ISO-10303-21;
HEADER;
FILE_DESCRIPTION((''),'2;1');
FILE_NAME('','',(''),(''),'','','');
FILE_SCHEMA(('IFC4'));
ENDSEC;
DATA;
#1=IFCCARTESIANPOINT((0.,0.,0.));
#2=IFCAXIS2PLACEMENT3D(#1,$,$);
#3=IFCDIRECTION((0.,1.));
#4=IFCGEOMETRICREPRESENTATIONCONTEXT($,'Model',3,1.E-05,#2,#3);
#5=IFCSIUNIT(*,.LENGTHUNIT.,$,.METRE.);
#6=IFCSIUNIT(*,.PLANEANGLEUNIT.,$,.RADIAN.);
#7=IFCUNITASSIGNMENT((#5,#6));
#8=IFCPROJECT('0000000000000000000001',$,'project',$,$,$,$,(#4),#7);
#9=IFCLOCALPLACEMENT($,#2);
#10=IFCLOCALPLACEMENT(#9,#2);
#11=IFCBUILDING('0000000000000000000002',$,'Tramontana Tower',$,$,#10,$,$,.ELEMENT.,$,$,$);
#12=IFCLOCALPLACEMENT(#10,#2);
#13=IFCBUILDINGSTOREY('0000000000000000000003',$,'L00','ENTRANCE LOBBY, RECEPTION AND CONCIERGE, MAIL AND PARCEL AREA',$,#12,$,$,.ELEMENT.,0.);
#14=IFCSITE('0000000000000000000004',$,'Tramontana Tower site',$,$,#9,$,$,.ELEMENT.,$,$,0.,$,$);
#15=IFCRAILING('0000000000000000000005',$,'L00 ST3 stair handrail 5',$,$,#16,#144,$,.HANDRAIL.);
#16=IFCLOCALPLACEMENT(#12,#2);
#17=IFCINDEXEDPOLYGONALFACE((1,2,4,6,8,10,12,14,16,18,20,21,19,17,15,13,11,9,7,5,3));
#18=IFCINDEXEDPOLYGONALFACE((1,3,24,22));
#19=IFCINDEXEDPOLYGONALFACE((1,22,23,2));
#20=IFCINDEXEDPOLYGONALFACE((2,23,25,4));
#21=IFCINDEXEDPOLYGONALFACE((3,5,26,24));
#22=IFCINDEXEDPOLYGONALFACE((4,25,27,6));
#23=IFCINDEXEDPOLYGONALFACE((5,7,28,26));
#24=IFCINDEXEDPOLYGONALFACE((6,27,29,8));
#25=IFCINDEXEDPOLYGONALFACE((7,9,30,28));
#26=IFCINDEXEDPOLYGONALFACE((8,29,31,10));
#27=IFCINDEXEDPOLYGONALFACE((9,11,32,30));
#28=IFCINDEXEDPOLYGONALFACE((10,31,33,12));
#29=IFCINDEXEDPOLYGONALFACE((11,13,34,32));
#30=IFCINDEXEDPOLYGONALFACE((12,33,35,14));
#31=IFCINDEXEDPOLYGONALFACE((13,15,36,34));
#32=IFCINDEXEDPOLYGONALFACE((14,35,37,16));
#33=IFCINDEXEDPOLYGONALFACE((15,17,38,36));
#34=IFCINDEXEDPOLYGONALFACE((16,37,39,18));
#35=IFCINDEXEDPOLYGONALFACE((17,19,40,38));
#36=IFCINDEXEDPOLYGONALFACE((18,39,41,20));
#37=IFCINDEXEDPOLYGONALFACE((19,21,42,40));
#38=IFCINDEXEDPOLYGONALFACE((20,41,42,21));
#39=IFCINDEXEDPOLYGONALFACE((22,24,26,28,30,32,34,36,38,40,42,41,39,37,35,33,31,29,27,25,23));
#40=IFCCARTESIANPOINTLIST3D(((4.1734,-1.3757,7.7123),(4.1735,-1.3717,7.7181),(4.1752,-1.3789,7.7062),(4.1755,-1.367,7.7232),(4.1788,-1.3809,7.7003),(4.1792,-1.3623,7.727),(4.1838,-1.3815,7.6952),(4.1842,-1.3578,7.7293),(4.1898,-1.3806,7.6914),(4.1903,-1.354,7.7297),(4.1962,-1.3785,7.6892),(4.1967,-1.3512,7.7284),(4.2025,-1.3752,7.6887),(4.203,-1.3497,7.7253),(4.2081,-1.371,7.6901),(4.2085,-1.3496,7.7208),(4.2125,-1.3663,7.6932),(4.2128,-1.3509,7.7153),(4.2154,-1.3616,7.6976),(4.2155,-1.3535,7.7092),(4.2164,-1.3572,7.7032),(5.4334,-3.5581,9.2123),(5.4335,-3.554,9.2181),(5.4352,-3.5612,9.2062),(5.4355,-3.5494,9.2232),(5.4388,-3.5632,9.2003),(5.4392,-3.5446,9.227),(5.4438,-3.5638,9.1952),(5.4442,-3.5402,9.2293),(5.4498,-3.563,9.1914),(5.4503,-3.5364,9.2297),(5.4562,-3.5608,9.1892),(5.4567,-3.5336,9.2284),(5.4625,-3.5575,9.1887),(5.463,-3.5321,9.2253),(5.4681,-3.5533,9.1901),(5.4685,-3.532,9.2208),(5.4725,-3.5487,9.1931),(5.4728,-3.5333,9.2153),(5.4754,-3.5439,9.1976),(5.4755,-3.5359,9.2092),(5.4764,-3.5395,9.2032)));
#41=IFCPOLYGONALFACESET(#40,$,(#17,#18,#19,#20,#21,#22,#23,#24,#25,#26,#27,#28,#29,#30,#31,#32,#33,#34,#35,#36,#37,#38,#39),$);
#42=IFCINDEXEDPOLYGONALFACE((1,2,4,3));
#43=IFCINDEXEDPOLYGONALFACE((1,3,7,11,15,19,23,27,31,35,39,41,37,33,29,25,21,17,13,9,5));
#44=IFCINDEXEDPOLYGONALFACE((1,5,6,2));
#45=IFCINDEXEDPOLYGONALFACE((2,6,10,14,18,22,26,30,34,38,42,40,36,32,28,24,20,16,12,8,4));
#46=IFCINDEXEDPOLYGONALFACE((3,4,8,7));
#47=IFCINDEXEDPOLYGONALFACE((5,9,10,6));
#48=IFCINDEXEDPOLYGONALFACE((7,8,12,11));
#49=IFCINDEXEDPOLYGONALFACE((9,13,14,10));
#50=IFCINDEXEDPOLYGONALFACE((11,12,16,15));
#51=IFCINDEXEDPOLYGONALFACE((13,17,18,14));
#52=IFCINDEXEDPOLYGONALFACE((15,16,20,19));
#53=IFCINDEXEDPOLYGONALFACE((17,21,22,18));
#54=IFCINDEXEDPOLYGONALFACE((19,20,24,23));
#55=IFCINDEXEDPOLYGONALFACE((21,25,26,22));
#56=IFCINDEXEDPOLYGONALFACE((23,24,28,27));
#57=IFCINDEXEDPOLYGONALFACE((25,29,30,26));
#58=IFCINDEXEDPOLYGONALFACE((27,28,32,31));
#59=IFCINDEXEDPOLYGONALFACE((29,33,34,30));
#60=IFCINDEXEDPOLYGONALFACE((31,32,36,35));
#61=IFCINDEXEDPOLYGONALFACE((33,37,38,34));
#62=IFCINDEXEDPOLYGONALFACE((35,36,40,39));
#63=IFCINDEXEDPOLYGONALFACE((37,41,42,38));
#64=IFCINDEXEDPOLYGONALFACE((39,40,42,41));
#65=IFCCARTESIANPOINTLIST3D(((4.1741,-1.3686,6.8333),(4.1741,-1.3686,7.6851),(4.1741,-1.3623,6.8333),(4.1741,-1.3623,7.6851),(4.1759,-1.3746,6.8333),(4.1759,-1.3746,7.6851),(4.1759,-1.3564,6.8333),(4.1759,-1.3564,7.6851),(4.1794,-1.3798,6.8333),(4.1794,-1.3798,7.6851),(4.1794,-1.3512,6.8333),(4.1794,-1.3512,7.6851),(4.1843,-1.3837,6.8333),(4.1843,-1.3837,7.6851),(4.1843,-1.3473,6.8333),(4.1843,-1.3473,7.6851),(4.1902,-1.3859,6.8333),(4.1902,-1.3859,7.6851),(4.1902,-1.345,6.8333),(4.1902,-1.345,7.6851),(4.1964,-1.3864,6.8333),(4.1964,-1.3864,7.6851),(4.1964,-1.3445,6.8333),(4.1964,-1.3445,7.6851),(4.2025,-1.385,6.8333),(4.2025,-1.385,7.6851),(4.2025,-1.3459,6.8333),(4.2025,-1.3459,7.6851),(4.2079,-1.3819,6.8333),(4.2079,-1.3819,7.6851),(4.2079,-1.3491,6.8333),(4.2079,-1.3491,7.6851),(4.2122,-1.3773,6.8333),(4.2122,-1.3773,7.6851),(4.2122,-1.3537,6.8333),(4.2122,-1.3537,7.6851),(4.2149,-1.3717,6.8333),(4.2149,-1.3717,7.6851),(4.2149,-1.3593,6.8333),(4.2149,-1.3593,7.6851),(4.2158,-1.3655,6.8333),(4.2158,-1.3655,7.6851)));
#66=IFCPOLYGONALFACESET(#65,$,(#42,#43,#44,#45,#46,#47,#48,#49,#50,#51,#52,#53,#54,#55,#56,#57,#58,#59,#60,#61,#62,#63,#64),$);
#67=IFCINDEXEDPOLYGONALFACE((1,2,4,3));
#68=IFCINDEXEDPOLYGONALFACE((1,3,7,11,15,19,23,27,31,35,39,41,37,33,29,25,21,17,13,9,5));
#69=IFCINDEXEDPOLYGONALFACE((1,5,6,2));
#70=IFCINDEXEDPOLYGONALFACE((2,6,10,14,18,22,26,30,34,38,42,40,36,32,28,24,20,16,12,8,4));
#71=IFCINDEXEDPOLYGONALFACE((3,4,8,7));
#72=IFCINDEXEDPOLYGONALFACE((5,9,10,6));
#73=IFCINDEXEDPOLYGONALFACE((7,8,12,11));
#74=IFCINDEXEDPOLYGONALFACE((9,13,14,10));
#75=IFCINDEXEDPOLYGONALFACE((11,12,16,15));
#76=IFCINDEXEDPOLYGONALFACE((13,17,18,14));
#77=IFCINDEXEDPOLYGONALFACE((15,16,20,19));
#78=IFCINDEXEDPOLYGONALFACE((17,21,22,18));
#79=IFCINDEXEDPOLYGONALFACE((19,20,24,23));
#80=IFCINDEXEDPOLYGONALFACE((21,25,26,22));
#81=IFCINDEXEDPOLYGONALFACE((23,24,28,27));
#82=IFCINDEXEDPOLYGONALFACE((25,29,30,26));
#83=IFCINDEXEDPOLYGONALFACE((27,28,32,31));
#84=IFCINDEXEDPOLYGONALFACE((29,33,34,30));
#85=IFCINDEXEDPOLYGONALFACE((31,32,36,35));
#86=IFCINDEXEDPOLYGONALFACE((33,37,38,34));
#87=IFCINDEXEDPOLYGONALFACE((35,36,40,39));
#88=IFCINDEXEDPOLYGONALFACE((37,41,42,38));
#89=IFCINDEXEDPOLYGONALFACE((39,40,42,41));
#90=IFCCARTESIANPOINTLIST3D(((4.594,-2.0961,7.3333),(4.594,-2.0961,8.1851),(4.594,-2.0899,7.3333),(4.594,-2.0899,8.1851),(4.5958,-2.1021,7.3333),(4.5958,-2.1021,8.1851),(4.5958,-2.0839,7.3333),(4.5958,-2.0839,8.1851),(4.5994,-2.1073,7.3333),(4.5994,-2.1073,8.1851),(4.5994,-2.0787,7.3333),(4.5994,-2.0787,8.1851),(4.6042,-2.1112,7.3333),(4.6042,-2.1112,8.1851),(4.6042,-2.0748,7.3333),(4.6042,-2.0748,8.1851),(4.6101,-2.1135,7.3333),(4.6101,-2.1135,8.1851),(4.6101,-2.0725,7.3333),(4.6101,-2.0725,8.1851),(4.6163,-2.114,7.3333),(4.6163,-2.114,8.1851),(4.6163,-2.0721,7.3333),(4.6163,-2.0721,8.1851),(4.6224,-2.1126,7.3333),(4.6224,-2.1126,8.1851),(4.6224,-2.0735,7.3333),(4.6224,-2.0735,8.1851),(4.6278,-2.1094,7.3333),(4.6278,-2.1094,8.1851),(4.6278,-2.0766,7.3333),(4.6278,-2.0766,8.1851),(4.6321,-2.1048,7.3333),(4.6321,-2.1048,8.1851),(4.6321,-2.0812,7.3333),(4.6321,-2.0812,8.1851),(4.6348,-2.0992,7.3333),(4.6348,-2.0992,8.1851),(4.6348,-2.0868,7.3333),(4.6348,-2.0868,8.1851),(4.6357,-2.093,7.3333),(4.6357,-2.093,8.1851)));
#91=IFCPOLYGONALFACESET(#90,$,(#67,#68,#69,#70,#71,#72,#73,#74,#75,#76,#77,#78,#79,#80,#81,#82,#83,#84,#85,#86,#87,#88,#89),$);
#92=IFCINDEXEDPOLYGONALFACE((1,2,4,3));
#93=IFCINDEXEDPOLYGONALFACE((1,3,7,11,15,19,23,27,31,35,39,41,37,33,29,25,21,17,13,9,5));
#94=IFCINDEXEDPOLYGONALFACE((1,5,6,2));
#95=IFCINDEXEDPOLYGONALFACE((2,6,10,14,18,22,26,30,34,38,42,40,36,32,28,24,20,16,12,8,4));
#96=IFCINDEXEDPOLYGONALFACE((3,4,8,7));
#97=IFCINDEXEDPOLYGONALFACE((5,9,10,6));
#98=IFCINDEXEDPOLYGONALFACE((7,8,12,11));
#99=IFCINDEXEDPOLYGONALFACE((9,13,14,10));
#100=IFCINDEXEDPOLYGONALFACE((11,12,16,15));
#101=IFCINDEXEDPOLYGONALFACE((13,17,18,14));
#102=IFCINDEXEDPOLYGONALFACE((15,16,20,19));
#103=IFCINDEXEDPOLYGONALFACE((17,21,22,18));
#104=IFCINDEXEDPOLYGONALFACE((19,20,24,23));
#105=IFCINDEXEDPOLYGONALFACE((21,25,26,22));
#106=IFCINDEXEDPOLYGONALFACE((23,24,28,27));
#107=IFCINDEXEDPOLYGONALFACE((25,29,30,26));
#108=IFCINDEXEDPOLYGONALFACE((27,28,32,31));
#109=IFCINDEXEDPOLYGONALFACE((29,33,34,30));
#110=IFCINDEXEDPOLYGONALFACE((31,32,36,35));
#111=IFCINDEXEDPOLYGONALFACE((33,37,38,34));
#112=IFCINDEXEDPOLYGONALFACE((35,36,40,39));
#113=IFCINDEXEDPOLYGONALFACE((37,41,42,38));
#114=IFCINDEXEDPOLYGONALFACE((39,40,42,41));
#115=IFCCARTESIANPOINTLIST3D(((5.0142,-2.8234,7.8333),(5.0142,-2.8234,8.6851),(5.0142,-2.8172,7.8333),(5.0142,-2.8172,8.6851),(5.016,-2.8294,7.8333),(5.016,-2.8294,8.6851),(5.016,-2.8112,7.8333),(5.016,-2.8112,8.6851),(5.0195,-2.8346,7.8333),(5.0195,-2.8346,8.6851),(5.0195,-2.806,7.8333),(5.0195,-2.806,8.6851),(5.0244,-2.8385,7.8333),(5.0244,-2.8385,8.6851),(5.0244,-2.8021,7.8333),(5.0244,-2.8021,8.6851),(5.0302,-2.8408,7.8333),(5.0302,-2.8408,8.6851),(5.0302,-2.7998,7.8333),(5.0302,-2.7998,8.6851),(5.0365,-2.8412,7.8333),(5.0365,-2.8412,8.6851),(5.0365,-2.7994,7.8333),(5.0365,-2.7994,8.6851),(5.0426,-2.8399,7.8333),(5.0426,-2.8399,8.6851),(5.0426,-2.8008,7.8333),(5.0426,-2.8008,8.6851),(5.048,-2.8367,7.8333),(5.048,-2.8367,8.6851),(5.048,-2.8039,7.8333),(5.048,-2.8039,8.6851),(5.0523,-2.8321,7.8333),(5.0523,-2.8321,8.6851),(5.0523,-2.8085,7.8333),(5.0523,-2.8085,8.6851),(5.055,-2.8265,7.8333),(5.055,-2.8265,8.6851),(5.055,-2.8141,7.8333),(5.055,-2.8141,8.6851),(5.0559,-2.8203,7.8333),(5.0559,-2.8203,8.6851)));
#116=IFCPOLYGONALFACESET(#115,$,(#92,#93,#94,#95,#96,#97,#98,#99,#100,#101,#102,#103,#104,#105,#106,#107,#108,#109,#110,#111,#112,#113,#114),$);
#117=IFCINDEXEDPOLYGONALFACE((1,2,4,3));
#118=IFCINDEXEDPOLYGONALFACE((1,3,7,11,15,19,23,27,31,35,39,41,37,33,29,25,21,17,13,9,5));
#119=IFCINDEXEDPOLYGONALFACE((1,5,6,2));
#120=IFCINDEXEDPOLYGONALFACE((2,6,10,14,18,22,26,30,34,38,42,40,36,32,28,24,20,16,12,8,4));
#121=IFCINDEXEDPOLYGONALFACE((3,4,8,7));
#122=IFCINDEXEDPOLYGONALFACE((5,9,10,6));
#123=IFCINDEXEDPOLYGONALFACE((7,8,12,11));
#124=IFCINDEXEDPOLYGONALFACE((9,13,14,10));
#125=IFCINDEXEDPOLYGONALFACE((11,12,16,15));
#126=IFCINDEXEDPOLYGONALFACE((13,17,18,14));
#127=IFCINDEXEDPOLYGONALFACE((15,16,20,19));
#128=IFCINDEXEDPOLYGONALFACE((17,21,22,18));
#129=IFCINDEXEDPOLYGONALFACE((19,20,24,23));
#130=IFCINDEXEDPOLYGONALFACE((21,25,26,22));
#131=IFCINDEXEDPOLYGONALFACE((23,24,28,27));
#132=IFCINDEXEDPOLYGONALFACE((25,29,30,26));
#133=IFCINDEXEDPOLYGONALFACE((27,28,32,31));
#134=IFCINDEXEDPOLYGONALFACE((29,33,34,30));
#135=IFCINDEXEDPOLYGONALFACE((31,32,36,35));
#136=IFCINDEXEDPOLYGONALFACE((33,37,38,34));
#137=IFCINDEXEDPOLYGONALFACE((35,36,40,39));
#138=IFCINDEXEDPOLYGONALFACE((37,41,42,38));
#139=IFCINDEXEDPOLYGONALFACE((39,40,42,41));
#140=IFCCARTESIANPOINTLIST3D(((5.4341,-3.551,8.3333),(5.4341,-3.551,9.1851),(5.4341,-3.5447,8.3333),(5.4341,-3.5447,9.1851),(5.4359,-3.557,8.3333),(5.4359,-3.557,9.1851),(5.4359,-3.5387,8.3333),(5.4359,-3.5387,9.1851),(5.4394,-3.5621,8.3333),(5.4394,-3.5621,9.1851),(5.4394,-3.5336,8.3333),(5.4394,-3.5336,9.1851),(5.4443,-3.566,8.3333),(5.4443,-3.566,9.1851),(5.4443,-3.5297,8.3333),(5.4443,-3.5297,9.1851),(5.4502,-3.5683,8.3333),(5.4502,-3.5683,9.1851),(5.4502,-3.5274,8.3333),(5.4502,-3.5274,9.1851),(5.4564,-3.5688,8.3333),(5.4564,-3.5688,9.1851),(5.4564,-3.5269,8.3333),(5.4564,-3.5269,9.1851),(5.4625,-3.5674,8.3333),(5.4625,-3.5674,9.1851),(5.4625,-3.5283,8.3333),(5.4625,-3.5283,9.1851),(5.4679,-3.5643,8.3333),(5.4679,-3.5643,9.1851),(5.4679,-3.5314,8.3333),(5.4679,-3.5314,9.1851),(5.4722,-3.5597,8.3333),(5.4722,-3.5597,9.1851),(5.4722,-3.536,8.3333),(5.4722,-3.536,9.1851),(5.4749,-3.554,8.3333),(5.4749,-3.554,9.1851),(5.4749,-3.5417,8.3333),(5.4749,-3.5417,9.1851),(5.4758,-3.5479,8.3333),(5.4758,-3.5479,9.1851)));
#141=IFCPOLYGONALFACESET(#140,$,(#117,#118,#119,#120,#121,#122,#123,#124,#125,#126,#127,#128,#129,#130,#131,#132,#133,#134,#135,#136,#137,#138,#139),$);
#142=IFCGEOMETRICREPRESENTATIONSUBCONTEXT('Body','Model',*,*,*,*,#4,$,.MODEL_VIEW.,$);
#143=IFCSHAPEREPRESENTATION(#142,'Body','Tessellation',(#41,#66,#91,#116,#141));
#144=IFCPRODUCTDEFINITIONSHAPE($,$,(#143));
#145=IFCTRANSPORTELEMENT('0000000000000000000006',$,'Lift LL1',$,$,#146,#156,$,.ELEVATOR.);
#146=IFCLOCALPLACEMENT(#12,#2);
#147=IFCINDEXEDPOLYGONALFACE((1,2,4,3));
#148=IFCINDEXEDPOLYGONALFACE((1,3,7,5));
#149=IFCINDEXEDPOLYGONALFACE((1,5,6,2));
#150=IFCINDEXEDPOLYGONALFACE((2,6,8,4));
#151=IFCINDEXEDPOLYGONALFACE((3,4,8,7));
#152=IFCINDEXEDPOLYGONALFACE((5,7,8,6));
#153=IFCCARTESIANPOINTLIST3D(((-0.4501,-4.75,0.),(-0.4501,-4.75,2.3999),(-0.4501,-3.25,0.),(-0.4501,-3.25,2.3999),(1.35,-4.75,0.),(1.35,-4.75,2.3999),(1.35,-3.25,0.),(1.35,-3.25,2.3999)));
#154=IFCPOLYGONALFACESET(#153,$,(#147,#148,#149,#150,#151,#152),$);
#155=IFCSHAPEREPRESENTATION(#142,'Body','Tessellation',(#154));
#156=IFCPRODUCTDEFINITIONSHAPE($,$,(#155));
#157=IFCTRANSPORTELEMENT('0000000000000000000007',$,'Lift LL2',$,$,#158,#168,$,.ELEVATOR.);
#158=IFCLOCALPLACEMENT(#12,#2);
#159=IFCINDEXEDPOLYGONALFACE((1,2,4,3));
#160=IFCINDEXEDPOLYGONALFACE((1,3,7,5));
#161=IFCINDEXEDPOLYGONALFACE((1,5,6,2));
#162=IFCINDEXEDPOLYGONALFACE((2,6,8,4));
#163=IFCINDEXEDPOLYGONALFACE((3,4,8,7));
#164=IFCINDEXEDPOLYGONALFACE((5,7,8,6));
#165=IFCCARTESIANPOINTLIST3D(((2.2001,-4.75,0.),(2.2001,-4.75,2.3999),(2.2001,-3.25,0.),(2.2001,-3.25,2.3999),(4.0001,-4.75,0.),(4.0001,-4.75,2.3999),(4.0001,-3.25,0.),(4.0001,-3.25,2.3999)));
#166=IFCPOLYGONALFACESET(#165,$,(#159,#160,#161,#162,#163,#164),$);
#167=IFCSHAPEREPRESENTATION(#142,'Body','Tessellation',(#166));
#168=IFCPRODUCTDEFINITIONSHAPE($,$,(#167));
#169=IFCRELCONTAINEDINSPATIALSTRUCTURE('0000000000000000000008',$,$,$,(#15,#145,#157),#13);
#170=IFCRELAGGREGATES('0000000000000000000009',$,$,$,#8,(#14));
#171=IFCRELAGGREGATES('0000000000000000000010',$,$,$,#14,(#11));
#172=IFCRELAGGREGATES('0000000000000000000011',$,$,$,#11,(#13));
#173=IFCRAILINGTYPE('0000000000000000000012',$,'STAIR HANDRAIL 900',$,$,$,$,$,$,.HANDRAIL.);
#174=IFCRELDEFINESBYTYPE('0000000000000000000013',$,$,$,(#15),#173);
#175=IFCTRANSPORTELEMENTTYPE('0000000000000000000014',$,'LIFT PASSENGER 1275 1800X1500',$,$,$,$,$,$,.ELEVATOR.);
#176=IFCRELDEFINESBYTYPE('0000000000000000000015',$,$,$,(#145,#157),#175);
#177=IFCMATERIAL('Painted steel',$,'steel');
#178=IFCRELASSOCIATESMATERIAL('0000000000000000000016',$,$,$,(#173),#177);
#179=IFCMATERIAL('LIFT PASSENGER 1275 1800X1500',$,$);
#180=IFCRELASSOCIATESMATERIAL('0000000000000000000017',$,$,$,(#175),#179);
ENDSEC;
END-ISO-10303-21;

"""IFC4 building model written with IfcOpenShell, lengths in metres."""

from ifc_helpers import new_model, si_unit, direction, frame, origin, origin_2d, place, context, subcontext, project, spatial, rectangle, circle, extrude, material, type_object, element, save


model = new_model("IFC4")

# Units and contexts
model_context = context("Model", 3, precision=1e-05, world=origin(), true_north=direction((0.0, 1.0)))
body_context = subcontext(model_context, "Body", "Model", "MODEL_VIEW")
ifc_project = project(units=[si_unit("LENGTHUNIT", "METRE"), si_unit("PLANEANGLEUNIT", "RADIAN")], contexts=[model_context])

# Site, building, storey
site_placement = place(None, origin())
site = spatial("IfcSite", under=ifc_project, at=site_placement, Name="Tramontana Tower site", CompositionType="ELEMENT", RefElevation=0.0)
building_placement = place(site_placement, origin())
building = spatial("IfcBuilding", under=site, at=building_placement, Name="Tramontana Tower", CompositionType="ELEMENT")
storey_placement = place(building_placement, origin())
storey = spatial("IfcBuildingStorey", under=building, at=storey_placement, Name="L00", Description="ENTRANCE LOBBY, RECEPTION AND CONCIERGE, MAIL AND PARCEL AREA", CompositionType="ELEMENT", Elevation=0.0)

# Railing
ifc_material_1 = material(Name="Painted steel", Category="steel")
railing_type_1 = type_object("IfcRailingType", Name="STAIR HANDRAIL 900", PredefinedType="HANDRAIL", material=ifc_material_1)
for number, where, name in (
    (1, (4.1948, -1.3655, 6.8333), "L00 ST3 stair handrail 5"),
):
    element("IfcRailing", number, at=place(storey_placement, frame(where)), inside=storey, type_object=railing_type_1, Name=name, PredefinedType="HANDRAIL", context=body_context, shape_type="SweptSolid", body=[
        extrude(circle(Radius=0.0239, at=origin_2d()), frame((0.0, 0.0, 0.876), z_axis=(0.42965, -0.744167, 0.511485), x_axis=(0.866023, 0.500005, 0.0)), (0.0, 0.0, 1.0), 2.9326),
        extrude(circle(Radius=0.021, at=origin_2d()), origin(), (0.0, 0.0, 1.0), 0.8518),
        extrude(circle(Radius=0.021, at=origin_2d()), frame((0.4199, -0.7275, 0.5)), (0.0, 0.0, 1.0), 0.8518),
        extrude(circle(Radius=0.021, at=origin_2d()), frame((0.8401, -1.4548, 1.0)), (0.0, 0.0, 1.0), 0.8518),
        extrude(circle(Radius=0.021, at=origin_2d()), frame((1.26, -2.1824, 1.5)), (0.0, 0.0, 1.0), 0.8518),
    ])

# Transport elements
ifc_material_2 = material(Name="LIFT PASSENGER 1275 1800X1500")
transport_element_type = type_object("IfcTransportElementType", Name="LIFT PASSENGER 1275 1800X1500", PredefinedType="ELEVATOR", material=ifc_material_2)
for number, where, z_axis, x_axis, name in (
    (2, (0.45, -4.0, 0.0), (0.0, 0.0, 1.0), (1.0, 0.0, 0.0), "Lift LL1"),
    (3, (3.1001, -4.0, 0.0), (0.0, 0.0, 1.0), (1.0, 0.0, 0.0), "Lift LL2"),
):
    element("IfcTransportElement", number, at=place(storey_placement, frame(where, z_axis=z_axis, x_axis=x_axis)), inside=storey, type_object=transport_element_type, Name=name, PredefinedType="ELEVATOR", context=body_context, shape_type="SweptSolid", body=[
        extrude(rectangle(XDim=1.8, YDim=1.5, at=origin_2d()), origin(), (0.0, 0.0, 1.0), 2.3999),
    ])

save(model, "model.ifc")
